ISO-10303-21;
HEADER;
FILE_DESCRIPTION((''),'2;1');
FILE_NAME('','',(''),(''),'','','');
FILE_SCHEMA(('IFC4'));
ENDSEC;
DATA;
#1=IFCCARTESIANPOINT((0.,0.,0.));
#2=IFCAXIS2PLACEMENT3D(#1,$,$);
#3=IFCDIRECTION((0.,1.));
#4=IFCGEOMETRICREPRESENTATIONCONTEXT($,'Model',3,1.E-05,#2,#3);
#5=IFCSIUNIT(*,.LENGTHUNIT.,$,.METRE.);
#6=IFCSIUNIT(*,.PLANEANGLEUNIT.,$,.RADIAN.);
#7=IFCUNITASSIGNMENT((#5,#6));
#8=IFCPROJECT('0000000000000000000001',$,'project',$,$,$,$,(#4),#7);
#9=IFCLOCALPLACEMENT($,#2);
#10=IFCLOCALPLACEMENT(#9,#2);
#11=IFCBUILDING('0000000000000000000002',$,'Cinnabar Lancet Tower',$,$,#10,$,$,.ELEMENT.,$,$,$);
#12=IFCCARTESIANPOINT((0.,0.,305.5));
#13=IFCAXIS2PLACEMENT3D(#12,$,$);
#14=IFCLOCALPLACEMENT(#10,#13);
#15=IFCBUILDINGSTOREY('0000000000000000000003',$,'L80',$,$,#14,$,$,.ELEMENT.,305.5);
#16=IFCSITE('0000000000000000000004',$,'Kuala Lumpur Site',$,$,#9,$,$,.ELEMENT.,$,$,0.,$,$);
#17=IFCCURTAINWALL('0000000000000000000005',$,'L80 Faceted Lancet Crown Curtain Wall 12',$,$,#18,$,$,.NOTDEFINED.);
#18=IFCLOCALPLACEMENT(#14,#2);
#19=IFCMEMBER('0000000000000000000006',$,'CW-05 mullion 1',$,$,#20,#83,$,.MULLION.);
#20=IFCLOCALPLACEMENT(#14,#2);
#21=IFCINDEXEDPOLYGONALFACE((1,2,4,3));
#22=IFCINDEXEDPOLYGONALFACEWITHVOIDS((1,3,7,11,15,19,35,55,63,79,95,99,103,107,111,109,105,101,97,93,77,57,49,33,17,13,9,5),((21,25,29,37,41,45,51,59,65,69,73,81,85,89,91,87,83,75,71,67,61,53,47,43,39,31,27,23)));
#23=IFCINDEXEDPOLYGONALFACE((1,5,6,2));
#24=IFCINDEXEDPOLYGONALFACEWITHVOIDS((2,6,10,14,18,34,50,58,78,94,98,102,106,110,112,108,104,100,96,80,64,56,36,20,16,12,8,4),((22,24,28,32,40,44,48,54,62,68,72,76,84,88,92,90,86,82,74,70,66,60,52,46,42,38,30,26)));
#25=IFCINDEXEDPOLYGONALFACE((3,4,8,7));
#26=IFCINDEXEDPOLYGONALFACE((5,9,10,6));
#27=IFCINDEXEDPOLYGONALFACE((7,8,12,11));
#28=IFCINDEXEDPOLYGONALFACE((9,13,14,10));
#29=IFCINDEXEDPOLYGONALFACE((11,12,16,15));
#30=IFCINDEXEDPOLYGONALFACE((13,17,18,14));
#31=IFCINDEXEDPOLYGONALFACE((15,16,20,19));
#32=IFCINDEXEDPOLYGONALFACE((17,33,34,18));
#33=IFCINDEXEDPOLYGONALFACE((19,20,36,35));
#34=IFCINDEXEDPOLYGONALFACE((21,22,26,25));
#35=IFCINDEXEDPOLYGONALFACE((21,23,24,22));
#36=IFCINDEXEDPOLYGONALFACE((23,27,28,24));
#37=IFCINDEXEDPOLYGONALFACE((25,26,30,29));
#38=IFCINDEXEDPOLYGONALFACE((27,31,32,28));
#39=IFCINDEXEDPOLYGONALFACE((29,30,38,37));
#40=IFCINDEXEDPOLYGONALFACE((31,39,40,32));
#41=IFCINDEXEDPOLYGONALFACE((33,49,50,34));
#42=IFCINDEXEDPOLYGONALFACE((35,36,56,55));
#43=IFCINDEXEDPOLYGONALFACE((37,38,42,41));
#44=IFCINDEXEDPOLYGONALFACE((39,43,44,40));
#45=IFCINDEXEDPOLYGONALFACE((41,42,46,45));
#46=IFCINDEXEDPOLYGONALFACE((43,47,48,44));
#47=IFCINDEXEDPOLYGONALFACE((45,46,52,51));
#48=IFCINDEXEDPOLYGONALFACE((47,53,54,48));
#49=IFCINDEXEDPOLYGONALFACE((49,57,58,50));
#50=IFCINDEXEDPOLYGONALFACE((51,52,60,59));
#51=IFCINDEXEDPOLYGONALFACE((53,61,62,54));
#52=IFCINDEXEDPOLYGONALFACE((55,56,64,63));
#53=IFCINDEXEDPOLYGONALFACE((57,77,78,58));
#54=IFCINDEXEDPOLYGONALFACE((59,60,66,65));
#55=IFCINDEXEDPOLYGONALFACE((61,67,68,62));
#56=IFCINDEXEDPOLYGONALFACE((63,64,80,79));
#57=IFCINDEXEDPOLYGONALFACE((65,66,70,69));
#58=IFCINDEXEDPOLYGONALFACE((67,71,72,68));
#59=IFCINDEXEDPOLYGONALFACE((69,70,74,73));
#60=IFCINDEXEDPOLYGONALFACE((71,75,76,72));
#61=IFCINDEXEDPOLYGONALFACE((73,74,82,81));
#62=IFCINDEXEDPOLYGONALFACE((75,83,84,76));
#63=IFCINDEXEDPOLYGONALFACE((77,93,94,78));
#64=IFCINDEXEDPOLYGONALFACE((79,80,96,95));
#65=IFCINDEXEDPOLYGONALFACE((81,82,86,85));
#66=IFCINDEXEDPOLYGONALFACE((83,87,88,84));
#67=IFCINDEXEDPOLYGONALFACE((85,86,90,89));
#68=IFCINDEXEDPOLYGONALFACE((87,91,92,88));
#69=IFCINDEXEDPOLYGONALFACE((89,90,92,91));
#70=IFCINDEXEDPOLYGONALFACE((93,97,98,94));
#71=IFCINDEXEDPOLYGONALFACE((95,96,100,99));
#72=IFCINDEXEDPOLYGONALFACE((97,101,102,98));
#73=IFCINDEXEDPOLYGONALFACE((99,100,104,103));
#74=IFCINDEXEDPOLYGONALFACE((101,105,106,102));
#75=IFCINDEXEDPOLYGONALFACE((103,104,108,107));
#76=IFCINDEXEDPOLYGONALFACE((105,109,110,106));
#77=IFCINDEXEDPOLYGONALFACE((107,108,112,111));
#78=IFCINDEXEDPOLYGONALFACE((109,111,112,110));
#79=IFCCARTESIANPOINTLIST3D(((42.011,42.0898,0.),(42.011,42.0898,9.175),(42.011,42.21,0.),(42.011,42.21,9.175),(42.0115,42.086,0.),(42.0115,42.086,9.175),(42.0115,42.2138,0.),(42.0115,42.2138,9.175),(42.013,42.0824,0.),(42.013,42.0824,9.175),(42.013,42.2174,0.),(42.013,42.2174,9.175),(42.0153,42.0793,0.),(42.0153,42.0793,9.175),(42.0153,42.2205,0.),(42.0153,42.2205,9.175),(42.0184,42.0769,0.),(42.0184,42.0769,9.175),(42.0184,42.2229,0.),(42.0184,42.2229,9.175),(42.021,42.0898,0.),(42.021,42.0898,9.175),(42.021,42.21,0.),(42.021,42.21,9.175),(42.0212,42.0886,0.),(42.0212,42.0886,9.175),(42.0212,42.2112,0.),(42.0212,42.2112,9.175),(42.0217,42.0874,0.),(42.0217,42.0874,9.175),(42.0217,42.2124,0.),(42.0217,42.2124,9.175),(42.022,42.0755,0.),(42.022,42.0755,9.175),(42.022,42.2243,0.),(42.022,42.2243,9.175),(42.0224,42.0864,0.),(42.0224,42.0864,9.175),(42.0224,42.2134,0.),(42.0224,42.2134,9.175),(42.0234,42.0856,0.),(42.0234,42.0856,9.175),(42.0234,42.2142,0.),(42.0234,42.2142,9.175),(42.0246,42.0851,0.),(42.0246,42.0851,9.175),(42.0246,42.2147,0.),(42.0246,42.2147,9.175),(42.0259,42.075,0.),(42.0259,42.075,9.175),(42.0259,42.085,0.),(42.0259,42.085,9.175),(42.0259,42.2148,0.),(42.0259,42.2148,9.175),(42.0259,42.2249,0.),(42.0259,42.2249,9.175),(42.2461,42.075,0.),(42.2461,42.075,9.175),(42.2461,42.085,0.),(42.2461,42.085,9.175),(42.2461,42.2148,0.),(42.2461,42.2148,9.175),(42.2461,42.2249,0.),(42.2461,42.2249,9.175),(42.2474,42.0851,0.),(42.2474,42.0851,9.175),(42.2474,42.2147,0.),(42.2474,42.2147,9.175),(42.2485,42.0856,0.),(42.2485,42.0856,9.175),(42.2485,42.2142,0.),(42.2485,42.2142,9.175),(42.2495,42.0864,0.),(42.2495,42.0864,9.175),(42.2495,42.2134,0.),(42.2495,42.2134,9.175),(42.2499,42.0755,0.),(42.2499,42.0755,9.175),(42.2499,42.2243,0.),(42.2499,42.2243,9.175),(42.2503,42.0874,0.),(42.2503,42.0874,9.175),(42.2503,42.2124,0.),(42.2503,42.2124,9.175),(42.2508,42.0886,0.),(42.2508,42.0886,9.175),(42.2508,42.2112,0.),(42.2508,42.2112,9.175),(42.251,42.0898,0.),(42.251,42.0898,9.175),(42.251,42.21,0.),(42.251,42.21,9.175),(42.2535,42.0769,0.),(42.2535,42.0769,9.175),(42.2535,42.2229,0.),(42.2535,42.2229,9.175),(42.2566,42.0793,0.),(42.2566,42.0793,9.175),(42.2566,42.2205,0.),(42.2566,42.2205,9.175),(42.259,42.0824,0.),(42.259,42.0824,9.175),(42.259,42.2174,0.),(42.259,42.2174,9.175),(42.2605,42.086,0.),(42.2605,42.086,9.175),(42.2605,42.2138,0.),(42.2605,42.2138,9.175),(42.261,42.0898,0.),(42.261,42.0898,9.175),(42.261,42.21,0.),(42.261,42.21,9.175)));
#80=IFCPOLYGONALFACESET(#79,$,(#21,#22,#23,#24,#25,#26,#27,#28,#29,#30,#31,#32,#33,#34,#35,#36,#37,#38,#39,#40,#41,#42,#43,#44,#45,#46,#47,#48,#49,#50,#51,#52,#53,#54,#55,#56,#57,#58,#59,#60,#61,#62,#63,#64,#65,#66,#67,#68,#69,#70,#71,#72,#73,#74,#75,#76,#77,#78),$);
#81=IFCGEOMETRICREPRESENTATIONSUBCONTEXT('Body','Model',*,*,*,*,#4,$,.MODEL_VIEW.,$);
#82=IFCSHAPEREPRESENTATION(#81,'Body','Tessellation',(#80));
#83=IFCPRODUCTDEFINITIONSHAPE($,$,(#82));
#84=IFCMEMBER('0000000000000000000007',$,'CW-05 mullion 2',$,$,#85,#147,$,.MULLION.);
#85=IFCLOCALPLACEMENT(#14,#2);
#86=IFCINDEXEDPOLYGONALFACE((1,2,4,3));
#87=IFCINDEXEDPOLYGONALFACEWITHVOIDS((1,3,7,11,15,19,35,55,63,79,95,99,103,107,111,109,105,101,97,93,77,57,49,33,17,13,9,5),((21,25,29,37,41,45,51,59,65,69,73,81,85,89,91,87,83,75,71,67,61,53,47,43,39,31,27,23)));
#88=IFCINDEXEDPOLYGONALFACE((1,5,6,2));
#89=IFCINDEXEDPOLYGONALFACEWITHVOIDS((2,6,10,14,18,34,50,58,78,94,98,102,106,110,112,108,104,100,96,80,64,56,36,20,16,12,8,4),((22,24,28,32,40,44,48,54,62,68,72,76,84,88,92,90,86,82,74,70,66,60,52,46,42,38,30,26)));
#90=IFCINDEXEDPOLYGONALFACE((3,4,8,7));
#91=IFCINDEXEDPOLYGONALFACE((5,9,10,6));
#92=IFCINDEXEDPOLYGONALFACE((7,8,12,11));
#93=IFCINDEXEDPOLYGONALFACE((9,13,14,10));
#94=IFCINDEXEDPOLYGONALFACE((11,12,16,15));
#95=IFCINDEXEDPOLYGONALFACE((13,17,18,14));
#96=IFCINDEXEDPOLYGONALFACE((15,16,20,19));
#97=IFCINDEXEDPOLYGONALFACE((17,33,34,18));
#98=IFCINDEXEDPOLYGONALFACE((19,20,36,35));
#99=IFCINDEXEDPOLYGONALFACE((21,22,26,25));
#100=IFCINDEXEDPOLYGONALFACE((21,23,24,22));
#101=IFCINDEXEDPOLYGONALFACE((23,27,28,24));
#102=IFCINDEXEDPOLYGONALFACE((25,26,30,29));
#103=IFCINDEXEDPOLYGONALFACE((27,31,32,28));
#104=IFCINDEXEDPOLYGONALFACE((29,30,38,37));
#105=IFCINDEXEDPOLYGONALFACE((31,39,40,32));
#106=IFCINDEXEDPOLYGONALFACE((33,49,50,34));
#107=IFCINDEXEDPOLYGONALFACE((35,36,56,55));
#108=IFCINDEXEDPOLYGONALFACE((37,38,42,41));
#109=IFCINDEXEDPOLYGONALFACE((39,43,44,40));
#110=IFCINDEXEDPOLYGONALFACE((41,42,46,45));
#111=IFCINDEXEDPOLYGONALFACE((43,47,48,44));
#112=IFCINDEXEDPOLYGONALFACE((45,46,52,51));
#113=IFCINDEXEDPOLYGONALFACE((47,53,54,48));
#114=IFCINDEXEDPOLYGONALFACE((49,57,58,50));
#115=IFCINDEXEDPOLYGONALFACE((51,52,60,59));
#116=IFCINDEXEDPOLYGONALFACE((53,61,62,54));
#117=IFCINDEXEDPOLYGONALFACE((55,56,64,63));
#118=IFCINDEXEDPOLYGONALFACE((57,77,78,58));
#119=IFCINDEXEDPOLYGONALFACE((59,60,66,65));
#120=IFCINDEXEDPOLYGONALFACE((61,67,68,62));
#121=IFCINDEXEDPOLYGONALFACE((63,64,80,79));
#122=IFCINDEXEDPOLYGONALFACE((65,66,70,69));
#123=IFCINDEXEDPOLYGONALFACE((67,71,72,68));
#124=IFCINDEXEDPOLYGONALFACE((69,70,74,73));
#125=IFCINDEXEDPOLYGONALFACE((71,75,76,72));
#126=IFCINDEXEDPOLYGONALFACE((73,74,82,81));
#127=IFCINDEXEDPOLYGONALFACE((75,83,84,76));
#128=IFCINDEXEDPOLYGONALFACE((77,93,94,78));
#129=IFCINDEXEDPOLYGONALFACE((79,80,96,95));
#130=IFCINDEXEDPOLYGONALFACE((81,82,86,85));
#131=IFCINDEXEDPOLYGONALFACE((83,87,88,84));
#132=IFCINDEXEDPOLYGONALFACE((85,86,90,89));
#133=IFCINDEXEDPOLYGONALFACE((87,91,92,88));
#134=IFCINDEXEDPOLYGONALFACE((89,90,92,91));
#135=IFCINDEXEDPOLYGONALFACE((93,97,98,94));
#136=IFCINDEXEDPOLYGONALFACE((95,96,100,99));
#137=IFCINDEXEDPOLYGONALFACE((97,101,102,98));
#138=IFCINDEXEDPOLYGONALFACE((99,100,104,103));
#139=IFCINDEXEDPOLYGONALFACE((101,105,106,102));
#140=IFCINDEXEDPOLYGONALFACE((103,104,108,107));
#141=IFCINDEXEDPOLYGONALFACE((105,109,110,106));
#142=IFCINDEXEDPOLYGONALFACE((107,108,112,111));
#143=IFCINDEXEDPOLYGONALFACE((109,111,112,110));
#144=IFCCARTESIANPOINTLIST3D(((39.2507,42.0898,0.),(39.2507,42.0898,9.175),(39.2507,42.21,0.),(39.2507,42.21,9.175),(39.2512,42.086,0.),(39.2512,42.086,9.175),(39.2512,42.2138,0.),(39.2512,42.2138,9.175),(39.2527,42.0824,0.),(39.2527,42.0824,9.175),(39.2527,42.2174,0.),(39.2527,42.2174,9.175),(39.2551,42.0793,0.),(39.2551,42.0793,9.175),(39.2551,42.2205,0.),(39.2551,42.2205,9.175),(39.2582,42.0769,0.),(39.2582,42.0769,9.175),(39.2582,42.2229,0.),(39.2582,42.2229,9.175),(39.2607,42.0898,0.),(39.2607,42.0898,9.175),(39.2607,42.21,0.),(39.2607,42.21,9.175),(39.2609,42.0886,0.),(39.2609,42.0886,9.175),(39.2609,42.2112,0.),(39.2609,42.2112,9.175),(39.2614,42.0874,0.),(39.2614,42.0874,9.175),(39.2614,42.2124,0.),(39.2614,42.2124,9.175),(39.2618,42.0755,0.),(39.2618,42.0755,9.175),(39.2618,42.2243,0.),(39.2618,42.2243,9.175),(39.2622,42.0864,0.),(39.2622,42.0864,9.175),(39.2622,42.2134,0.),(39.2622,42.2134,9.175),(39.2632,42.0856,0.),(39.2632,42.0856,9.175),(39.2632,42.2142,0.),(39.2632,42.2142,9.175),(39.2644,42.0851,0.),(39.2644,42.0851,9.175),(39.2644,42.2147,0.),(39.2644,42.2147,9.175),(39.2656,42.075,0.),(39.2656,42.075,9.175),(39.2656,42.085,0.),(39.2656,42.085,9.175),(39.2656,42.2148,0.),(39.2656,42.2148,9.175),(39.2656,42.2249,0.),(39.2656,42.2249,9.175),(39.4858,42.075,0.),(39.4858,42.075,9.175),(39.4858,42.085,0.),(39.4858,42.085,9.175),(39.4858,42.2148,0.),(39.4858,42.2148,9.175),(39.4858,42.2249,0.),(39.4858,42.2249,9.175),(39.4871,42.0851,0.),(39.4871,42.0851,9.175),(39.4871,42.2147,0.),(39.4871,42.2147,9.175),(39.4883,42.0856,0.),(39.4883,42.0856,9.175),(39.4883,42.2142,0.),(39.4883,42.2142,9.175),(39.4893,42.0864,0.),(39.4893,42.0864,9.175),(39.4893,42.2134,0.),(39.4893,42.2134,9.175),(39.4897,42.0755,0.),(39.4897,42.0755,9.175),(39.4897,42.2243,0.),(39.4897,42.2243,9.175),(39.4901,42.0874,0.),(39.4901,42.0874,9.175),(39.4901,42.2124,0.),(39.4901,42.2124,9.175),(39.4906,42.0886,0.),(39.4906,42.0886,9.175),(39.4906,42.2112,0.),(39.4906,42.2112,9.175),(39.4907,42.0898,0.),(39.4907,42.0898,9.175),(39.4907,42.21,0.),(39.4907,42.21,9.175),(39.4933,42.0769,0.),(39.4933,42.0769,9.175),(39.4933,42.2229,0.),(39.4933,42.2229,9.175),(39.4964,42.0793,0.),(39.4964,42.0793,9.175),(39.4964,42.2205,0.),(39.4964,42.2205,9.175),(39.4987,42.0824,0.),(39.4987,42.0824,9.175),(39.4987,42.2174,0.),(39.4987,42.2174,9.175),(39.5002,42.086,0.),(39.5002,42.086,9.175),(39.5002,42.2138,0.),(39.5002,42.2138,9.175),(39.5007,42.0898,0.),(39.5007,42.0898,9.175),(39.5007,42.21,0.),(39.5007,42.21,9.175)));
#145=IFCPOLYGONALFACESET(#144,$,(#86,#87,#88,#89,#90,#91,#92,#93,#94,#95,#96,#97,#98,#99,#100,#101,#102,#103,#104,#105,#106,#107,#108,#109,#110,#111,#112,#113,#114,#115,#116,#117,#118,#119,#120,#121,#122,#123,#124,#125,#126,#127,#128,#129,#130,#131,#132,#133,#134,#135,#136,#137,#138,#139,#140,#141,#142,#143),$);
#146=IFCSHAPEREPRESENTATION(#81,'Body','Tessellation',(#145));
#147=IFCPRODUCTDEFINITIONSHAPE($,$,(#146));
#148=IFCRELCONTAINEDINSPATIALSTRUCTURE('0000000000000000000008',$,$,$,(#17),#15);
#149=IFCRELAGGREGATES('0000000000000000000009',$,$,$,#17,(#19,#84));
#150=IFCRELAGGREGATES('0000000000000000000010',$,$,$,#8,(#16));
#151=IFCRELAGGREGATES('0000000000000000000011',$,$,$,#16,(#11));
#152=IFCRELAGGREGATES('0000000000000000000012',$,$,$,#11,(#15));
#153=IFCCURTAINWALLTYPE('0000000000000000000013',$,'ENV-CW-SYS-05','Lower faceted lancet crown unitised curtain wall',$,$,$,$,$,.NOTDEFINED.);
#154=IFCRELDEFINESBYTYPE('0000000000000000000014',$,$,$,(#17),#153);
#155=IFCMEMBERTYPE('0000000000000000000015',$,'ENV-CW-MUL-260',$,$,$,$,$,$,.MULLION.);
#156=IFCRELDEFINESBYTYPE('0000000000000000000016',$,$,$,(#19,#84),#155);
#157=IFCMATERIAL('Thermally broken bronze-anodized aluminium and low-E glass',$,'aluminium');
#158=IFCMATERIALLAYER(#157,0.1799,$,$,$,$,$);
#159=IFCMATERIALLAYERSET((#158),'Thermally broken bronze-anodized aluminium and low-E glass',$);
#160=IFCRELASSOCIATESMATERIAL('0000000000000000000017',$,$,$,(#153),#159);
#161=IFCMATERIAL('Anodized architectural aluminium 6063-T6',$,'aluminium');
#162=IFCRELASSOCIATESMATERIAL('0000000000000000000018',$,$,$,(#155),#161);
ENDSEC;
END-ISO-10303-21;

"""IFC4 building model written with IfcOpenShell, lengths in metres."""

from ifc_helpers import new_model, si_unit, direction, frame, origin, origin_2d, place, context, subcontext, project, spatial, hollow_rectangle, extrude, material, layer, layer_set, material_profile, profile_set, type_object, element, aggregate, save


model = new_model("IFC4")

# Units and contexts
model_context = context("Model", 3, precision=1e-05, world=origin(), true_north=direction((0.0, 1.0)))
body_context = subcontext(model_context, "Body", "Model", "MODEL_VIEW")
ifc_project = project(units=[si_unit("LENGTHUNIT", "METRE"), si_unit("PLANEANGLEUNIT", "RADIAN")], contexts=[model_context])

# Site, building, storey
site_placement = place(None, origin())
site = spatial("IfcSite", under=ifc_project, at=site_placement, Name="Kuala Lumpur Site", CompositionType="ELEMENT", RefElevation=0.0)
building_placement = place(site_placement, origin())
building = spatial("IfcBuilding", under=site, at=building_placement, Name="Cinnabar Lancet Tower", CompositionType="ELEMENT")
storey_placement = place(building_placement, frame((0.0, 0.0, 305.5)))
storey = spatial("IfcBuildingStorey", under=building, at=storey_placement, Name="L80", CompositionType="ELEMENT", Elevation=305.5)

# Curtain wall, members
ifc_material_1 = material(Name="Thermally broken bronze-anodized aluminium and low-E glass", Category="aluminium")
ifc_layer_1 = layer(ifc_material_1, 0.1799)
ifc_layer_set_1 = layer_set([ifc_layer_1], Name="Thermally broken bronze-anodized aluminium and low-E glass")
curtain_wall_type = type_object("IfcCurtainWallType", Name="ENV-CW-SYS-05", Description="Lower faceted lancet crown unitised curtain wall", PredefinedType="NOTDEFINED", material=ifc_layer_set_1)
curtain_wall_placement = place(storey_placement, origin())
curtain_wall = element("IfcCurtainWall", 1, at=curtain_wall_placement, inside=storey, type_object=curtain_wall_type, Name="L80 Faceted Lancet Crown Curtain Wall 12", PredefinedType="NOTDEFINED")
ifc_material_2 = material(Name="Anodized architectural aluminium 6063-T6", Category="aluminium")
ifc_material_profile_1 = material_profile(ifc_material_2, hollow_rectangle(XDim=0.1499, YDim=0.25, WallThickness=0.01, InnerFilletRadius=0.0049, OuterFilletRadius=0.0149, at=origin_2d()), Name="RHS 250x150x10")
ifc_profile_set_1 = profile_set([ifc_material_profile_1], Name="Anodized architectural aluminium 6063-T6")
member_type_1 = type_object("IfcMemberType", Name="ENV-CW-MUL-260", PredefinedType="MULLION", material=ifc_profile_set_1)
member_1_placement = place(storey_placement, frame((42.136, 42.1499, 0.0), z_axis=(0.0, 0.0, 1.0), x_axis=(0.0, -1.0, 0.0)))
member_1 = element("IfcMember", 2, at=member_1_placement, type_object=member_type_1, Name="CW-05 mullion 1", PredefinedType="MULLION", context=body_context, shape_type="SweptSolid", body=[
    extrude(hollow_rectangle(XDim=0.1499, YDim=0.25, WallThickness=0.01, InnerFilletRadius=0.0049, OuterFilletRadius=0.0149, at=origin_2d()), origin(), (0.0, 0.0, 1.0), 9.175),
])
member_2_placement = place(storey_placement, frame((39.3757, 42.1499, 0.0), z_axis=(0.0, 0.0, 1.0), x_axis=(0.0, -1.0, 0.0)))
member_2 = element("IfcMember", 3, at=member_2_placement, type_object=member_type_1, Name="CW-05 mullion 2", PredefinedType="MULLION", context=body_context, shape_type="SweptSolid", body=[
    extrude(hollow_rectangle(XDim=0.1499, YDim=0.25, WallThickness=0.01, InnerFilletRadius=0.0049, OuterFilletRadius=0.0149, at=origin_2d()), origin(), (0.0, 0.0, 1.0), 9.175),
])
aggregate(curtain_wall, [member_1, member_2])

save(model, "model.ifc")
